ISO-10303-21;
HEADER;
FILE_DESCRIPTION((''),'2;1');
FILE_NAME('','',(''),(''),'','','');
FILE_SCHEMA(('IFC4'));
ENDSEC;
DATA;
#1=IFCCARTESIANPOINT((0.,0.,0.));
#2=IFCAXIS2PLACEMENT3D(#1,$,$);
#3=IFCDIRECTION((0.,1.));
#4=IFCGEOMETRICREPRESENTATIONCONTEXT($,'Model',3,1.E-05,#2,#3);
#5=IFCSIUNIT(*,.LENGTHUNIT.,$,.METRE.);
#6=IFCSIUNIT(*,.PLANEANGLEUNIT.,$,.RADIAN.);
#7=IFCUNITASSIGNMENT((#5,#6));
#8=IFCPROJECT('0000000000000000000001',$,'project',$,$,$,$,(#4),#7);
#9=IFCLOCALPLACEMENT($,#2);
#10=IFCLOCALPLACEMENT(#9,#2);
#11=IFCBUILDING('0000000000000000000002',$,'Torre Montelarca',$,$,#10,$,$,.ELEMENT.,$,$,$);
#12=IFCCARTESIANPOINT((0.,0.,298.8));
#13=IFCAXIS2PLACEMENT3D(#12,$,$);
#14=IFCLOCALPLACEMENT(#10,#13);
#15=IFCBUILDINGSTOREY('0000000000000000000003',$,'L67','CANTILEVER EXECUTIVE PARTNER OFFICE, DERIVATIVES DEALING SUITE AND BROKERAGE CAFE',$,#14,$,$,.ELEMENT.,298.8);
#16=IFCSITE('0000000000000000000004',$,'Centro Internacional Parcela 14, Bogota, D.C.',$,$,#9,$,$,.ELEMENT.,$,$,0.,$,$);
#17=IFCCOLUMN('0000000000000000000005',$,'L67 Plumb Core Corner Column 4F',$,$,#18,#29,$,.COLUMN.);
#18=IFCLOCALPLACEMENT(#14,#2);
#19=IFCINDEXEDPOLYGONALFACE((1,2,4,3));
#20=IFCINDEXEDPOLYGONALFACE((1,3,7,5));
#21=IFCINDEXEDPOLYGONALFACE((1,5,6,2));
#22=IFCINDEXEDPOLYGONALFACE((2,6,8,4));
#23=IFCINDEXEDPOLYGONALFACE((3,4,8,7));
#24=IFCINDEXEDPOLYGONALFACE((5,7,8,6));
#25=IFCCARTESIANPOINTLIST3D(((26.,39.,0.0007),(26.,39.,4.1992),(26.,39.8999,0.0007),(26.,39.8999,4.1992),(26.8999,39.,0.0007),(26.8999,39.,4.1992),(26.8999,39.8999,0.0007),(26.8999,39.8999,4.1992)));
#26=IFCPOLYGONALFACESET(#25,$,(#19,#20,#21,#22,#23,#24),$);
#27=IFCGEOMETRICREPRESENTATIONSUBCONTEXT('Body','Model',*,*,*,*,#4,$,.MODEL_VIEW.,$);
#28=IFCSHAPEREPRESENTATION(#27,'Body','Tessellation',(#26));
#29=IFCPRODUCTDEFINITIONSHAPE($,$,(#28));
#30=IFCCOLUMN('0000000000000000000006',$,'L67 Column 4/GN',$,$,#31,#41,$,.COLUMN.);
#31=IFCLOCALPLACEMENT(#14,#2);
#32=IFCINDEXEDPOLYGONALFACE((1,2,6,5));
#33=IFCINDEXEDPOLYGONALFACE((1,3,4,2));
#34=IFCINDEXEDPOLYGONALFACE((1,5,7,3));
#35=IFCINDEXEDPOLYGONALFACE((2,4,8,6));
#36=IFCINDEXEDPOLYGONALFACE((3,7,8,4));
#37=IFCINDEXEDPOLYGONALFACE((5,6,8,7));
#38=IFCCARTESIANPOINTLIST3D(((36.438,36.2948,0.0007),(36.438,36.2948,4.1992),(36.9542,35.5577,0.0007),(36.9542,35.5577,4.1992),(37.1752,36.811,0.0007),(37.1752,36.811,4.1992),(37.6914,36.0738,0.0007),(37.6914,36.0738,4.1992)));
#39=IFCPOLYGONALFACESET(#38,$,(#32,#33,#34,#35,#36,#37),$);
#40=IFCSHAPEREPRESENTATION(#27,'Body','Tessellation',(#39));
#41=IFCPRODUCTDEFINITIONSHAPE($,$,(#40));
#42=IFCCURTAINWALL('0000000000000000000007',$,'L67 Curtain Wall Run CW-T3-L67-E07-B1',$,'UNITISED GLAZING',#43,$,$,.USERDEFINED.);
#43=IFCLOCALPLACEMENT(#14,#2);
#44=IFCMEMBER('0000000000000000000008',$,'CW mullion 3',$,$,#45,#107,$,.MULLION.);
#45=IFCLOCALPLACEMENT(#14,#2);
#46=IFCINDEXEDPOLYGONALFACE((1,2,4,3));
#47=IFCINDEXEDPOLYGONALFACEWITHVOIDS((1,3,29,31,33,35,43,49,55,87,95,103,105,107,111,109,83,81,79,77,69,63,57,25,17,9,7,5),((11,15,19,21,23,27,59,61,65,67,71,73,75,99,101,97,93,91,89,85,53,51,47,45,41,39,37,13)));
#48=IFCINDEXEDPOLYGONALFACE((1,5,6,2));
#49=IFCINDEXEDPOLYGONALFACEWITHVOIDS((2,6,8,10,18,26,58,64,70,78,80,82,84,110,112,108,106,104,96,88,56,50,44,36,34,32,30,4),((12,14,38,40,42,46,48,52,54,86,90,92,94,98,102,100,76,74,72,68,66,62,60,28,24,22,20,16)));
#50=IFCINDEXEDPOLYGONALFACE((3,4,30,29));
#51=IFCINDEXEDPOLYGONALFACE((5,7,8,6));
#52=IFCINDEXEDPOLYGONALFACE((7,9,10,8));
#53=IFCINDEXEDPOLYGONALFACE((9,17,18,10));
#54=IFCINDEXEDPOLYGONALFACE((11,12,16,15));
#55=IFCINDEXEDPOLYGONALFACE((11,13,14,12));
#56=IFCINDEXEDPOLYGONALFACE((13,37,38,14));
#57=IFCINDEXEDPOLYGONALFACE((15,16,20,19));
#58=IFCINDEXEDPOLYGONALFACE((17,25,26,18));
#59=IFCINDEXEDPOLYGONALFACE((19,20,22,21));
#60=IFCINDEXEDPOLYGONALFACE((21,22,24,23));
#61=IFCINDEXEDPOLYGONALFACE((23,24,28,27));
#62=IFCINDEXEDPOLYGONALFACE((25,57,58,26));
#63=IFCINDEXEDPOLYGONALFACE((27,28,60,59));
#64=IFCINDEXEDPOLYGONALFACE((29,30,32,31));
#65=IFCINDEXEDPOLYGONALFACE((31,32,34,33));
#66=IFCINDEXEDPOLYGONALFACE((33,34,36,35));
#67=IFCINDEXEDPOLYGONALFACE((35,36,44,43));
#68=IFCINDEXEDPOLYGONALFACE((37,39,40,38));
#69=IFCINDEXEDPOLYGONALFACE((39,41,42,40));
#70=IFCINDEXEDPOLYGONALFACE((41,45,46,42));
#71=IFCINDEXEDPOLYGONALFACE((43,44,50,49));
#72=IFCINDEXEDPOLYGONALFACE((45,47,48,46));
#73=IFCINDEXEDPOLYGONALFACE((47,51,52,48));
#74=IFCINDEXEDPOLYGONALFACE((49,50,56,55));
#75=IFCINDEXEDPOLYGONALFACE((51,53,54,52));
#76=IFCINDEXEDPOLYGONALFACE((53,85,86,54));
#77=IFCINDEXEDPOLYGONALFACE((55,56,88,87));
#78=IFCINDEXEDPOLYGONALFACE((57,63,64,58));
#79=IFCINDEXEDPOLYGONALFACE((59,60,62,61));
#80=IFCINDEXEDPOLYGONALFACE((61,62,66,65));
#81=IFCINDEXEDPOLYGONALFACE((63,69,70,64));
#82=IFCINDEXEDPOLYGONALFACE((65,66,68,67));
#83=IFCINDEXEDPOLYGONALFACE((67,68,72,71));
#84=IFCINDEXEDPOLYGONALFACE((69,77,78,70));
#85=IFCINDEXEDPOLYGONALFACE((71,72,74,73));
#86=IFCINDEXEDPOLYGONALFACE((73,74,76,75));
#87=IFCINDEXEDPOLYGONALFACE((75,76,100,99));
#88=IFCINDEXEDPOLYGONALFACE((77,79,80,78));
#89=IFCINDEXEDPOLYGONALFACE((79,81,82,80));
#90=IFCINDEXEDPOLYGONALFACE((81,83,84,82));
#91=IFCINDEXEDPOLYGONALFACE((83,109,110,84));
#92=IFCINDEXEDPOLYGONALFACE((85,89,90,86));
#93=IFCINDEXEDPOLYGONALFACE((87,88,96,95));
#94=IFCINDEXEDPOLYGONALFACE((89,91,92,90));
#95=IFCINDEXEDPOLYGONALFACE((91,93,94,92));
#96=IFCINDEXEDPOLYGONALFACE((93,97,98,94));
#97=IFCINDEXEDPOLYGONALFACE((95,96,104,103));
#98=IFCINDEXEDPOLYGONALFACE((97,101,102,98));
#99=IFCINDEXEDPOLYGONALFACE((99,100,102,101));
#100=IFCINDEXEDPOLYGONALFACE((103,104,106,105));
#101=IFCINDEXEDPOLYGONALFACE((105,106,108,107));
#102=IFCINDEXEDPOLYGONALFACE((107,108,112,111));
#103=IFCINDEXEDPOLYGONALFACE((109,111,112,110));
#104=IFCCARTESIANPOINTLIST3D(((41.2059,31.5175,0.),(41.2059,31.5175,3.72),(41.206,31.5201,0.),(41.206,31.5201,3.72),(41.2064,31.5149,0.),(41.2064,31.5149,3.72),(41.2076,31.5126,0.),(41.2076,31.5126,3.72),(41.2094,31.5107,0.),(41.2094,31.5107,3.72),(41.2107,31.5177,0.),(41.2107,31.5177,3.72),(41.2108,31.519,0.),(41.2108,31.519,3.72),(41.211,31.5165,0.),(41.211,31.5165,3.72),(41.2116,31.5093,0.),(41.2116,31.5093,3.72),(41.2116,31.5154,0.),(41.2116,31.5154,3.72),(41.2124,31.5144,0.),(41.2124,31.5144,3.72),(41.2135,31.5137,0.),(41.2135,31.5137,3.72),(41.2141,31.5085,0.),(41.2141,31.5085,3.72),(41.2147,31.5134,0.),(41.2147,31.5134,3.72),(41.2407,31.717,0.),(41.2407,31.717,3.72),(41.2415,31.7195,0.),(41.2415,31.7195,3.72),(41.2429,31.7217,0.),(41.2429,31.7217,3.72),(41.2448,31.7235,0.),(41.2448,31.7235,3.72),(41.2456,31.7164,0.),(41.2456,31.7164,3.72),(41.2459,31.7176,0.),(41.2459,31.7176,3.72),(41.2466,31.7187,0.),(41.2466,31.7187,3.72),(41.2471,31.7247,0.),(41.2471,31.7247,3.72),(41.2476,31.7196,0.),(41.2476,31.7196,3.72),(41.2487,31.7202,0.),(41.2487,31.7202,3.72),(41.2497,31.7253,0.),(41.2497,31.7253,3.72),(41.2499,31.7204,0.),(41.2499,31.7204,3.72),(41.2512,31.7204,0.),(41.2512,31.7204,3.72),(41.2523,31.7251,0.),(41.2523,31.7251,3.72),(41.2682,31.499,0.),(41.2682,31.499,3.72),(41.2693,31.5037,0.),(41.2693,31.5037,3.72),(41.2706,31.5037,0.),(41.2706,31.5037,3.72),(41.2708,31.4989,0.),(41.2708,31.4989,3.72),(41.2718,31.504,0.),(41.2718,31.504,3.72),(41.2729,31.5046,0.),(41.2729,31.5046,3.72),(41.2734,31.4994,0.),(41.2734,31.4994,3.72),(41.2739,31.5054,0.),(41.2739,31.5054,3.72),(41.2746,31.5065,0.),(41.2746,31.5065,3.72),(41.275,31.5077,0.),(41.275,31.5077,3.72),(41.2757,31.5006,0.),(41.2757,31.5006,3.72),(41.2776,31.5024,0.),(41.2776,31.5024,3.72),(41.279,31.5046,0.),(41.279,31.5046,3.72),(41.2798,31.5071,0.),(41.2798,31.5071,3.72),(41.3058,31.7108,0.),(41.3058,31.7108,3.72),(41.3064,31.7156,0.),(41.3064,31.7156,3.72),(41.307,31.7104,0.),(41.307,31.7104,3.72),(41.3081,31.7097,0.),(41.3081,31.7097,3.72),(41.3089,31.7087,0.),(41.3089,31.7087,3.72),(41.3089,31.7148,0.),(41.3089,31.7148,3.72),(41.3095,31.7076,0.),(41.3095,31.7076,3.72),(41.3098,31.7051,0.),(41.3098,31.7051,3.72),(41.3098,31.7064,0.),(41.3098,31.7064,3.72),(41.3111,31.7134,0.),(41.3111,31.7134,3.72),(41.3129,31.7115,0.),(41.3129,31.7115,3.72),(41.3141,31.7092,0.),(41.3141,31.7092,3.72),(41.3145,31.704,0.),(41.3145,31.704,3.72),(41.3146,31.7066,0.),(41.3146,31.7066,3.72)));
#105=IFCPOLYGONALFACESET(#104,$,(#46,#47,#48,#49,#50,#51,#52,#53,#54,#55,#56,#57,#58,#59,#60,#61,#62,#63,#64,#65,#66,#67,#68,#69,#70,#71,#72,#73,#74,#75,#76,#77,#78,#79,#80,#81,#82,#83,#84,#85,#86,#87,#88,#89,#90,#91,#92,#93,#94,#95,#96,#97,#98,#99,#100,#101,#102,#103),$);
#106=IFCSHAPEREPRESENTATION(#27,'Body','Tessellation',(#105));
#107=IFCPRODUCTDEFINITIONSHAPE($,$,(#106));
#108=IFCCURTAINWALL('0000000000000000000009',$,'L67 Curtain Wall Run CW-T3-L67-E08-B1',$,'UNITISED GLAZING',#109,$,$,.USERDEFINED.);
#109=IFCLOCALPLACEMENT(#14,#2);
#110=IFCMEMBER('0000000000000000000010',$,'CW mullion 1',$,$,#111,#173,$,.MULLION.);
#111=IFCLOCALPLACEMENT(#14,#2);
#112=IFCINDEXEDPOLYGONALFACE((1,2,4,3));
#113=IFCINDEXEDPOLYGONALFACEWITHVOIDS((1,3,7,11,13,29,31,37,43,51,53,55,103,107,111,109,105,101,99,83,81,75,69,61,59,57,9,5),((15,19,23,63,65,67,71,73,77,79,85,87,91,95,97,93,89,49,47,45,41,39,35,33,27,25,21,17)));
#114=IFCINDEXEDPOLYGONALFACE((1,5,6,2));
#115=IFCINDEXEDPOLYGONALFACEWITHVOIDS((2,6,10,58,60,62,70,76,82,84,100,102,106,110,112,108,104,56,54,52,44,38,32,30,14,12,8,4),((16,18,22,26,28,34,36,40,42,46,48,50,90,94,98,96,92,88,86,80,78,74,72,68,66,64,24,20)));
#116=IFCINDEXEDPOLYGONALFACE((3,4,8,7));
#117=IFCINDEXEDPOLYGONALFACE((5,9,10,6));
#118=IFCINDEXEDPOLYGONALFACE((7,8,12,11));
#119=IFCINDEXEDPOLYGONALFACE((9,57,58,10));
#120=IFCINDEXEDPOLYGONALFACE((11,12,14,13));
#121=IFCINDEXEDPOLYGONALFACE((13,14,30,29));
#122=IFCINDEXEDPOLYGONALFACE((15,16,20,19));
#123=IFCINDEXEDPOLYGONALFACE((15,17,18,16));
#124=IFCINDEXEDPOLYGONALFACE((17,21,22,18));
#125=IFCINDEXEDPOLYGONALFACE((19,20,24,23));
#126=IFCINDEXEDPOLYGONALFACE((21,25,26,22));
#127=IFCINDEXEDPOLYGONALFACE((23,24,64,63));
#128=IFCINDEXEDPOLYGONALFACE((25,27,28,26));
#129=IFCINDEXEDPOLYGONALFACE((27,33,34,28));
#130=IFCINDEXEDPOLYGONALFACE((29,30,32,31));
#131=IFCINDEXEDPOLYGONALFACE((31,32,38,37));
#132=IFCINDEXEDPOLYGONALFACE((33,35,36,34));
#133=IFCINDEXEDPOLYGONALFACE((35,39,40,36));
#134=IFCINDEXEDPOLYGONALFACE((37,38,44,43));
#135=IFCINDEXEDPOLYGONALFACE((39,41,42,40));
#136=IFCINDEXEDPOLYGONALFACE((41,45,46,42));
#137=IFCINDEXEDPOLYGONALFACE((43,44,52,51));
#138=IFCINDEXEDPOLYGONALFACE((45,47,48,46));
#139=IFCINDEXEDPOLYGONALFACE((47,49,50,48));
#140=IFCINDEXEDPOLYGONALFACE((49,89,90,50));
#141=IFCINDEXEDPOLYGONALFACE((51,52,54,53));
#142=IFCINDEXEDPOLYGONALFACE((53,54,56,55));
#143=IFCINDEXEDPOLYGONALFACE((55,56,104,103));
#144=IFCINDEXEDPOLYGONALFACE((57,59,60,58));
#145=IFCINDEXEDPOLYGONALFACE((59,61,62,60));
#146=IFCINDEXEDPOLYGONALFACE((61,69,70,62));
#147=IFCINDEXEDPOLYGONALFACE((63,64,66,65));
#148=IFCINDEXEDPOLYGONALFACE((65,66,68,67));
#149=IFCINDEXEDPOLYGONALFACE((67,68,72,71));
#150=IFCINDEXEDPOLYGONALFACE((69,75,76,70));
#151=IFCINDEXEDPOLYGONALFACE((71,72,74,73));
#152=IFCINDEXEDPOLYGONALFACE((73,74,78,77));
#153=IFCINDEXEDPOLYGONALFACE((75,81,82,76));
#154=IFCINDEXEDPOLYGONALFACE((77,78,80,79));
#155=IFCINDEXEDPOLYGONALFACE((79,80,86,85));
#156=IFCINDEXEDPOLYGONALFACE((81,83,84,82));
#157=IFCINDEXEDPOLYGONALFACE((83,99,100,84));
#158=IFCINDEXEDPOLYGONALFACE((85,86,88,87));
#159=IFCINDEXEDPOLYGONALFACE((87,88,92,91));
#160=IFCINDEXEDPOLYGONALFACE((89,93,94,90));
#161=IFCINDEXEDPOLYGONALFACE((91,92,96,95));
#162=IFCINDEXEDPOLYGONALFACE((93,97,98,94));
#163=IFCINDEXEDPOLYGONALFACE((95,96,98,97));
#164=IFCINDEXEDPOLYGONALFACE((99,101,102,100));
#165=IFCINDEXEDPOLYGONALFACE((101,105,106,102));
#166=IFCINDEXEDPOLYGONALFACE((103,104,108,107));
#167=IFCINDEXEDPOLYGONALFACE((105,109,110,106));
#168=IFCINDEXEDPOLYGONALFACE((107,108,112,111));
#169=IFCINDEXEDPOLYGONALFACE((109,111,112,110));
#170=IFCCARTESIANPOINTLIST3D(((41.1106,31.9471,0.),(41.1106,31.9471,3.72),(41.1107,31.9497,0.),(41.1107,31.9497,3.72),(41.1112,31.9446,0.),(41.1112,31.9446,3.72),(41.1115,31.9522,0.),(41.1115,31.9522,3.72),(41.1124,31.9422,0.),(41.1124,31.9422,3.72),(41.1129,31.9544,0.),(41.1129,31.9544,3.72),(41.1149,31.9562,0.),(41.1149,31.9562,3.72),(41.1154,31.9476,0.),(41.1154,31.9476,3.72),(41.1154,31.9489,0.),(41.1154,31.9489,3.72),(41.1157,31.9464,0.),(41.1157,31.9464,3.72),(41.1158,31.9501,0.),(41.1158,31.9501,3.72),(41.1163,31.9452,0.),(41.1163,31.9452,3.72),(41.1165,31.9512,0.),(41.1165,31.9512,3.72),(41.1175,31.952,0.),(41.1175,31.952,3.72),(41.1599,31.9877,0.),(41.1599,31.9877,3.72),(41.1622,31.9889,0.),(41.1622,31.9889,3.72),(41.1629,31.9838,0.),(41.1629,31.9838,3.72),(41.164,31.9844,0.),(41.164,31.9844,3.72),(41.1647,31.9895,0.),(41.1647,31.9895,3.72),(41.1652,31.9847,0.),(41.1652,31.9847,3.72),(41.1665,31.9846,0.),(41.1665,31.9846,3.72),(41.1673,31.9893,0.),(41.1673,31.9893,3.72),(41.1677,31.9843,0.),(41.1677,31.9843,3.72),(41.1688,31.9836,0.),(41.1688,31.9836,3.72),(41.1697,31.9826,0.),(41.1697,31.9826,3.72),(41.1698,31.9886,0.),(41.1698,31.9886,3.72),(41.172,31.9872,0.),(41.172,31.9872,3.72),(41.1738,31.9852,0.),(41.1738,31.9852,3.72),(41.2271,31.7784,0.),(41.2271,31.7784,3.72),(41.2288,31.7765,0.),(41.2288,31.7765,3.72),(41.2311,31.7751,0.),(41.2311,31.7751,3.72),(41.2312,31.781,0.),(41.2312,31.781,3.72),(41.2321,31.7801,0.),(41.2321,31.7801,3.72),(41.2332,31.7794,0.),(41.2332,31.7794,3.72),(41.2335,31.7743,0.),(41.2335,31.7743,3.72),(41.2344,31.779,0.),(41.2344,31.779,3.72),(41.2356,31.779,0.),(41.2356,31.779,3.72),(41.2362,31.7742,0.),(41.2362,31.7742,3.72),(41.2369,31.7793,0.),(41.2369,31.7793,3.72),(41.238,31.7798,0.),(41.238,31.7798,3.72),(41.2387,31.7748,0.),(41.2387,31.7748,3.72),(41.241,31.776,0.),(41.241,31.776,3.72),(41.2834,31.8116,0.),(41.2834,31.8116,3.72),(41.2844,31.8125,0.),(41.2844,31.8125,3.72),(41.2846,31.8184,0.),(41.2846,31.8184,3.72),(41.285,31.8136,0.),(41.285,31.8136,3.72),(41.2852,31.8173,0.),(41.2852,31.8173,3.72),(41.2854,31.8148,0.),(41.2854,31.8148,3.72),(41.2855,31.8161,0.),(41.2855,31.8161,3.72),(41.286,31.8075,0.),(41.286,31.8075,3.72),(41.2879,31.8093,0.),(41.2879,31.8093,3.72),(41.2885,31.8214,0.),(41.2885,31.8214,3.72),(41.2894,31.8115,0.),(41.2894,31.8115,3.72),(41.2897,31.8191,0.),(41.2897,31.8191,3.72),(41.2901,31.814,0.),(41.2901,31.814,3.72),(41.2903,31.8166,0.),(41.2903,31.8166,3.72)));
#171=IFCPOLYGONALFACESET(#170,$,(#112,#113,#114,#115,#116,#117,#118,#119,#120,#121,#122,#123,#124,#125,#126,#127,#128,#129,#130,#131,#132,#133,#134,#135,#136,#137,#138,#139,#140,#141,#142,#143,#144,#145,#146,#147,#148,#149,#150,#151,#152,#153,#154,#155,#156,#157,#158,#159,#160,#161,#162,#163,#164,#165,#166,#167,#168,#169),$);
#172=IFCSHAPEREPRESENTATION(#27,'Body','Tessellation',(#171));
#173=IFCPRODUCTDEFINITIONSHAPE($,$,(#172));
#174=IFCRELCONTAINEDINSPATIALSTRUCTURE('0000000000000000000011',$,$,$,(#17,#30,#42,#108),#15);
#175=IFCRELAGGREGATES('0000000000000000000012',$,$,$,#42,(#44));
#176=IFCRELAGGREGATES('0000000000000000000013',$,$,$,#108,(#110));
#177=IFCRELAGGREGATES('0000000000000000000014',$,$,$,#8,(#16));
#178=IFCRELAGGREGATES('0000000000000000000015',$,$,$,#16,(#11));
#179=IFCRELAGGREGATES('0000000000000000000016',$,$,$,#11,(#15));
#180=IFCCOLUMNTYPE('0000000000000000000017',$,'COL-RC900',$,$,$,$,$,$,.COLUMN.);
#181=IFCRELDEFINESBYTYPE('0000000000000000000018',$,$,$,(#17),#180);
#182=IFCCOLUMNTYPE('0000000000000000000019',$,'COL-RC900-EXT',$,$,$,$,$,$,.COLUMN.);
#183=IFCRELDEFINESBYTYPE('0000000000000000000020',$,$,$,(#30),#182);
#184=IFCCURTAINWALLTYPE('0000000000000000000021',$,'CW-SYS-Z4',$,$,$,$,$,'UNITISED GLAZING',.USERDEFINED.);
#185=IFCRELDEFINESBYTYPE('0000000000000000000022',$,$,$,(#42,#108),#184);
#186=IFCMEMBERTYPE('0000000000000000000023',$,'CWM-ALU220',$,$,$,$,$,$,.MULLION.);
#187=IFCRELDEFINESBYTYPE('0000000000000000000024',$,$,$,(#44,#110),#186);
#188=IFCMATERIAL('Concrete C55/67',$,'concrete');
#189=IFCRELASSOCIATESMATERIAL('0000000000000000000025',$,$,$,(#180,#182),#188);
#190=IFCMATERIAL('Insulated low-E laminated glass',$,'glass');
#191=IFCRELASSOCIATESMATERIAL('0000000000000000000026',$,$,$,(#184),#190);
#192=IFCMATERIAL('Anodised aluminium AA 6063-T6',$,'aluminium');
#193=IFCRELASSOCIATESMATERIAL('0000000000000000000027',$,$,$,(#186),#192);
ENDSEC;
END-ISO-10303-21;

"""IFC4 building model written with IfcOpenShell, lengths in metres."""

from ifc_helpers import new_model, si_unit, direction, frame, origin, origin_2d, place, context, subcontext, project, spatial, rectangle, hollow_rectangle, extrude, source, transform, mapped, material, material_profile, profile_set, type_object, element, aggregate, save


model = new_model("IFC4")

# Units and contexts
model_context = context("Model", 3, precision=1e-05, world=origin(), true_north=direction((0.0, 1.0)))
body_context = subcontext(model_context, "Body", "Model", "MODEL_VIEW")
ifc_project = project(units=[si_unit("LENGTHUNIT", "METRE"), si_unit("PLANEANGLEUNIT", "RADIAN")], contexts=[model_context])

# Site, building, storey
site_placement = place(None, origin())
site = spatial("IfcSite", under=ifc_project, at=site_placement, Name="Centro Internacional Parcela 14, Bogota, D.C.", CompositionType="ELEMENT", RefElevation=0.0)
building_placement = place(site_placement, origin())
building = spatial("IfcBuilding", under=site, at=building_placement, Name="Torre Montelarca", CompositionType="ELEMENT")
storey_placement = place(building_placement, frame((0.0, 0.0, 298.8)))
storey = spatial("IfcBuildingStorey", under=building, at=storey_placement, Name="L67", Description="CANTILEVER EXECUTIVE PARTNER OFFICE, DERIVATIVES DEALING SUITE AND BROKERAGE CAFE", CompositionType="ELEMENT", Elevation=298.8)

# Columns
ifc_material_1 = material(Name="Concrete C55/67", Category="concrete")
ifc_material_profile_1 = material_profile(ifc_material_1, rectangle(XDim=0.8999, YDim=0.8999, at=origin_2d()), Name="RC900X900", Category="concrete")
ifc_profile_set_1 = profile_set([ifc_material_profile_1], Name="Concrete C55/67")
column_type_1 = type_object("IfcColumnType", Name="COL-RC900", PredefinedType="COLUMN", material=ifc_profile_set_1)
shared_shape_1 = source(origin(), body_context, "Body", "SweptSolid", [
    extrude(rectangle(XDim=0.8999, YDim=0.8999, at=origin_2d()), origin(), (0.0, 0.0, 1.0), 4.1985),
])
column_1_placement = place(storey_placement, frame((26.45, 39.45, 0.0007), z_axis=(0.0, 0.0, 1.0), x_axis=(1.0, 0.0, 0.0)))
element("IfcColumn", 1, at=column_1_placement, inside=storey, type_object=column_type_1, Name="L67 Plumb Core Corner Column 4F", PredefinedType="COLUMN", context=body_context, shape_type="MappedRepresentation", body=[
    mapped(shared_shape_1, transform((0.0, 0.0, 0.0), scale=1.0)),
])
ifc_material_profile_2 = material_profile(ifc_material_1, rectangle(XDim=0.8999, YDim=0.8999, at=origin_2d()), Name="RC900X900", Category="concrete")
ifc_profile_set_2 = profile_set([ifc_material_profile_2], Name="Concrete C55/67")
column_type_2 = type_object("IfcColumnType", Name="COL-RC900-EXT", PredefinedType="COLUMN", material=ifc_profile_set_2)
shared_shape_2 = source(origin(), body_context, "Body", "SweptSolid", [
    extrude(rectangle(XDim=0.8999, YDim=0.8999, at=origin_2d()), origin(), (0.0, 0.0, 1.0), 4.1985),
])
column_2_placement = place(storey_placement, frame((37.0647, 36.1843, 0.0007), z_axis=(0.0, 0.0, 1.0), x_axis=(-0.573576, 0.819152, 0.0)))
element("IfcColumn", 2, at=column_2_placement, inside=storey, type_object=column_type_2, Name="L67 Column 4/GN", PredefinedType="COLUMN", context=body_context, shape_type="MappedRepresentation", body=[
    mapped(shared_shape_2, transform((0.0, 0.0, 0.0), scale=1.0)),
])

# Curtain wall, member
ifc_material_2 = material(Name="Insulated low-E laminated glass", Category="glass")
curtain_wall_type = type_object("IfcCurtainWallType", Name="CW-SYS-Z4", ElementType="UNITISED GLAZING", PredefinedType="USERDEFINED", material=ifc_material_2)
curtain_wall_1_placement = place(storey_placement, origin())
curtain_wall_1 = element("IfcCurtainWall", 3, at=curtain_wall_1_placement, inside=storey, type_object=curtain_wall_type, Name="L67 Curtain Wall Run CW-T3-L67-E07-B1", ObjectType="UNITISED GLAZING", PredefinedType="USERDEFINED")
ifc_material_3 = material(Name="Anodised aluminium AA 6063-T6", Category="aluminium")
ifc_material_profile_3 = material_profile(ifc_material_3, hollow_rectangle(XDim=0.075, YDim=0.22, WallThickness=0.0049, InnerFilletRadius=0.0049, OuterFilletRadius=0.01, at=origin_2d()), Name="ALU75X220X5", Category="aluminium")
ifc_profile_set_3 = profile_set([ifc_material_profile_3], Name="Anodised aluminium AA 6063-T6")
member_type_1 = type_object("IfcMemberType", Name="CWM-ALU220", PredefinedType="MULLION", material=ifc_profile_set_3)
shared_shape_3 = source(origin(), body_context, "Body", "SweptSolid", [
    extrude(hollow_rectangle(XDim=0.075, YDim=0.22, WallThickness=0.0049, InnerFilletRadius=0.0049, OuterFilletRadius=0.01, at=origin_2d()), origin(), (0.0, 0.0, 1.0), 3.72),
])
member_1_placement = place(storey_placement, frame((41.2603, 31.6121, 0.0), z_axis=(0.0, 0.0, 1.0), x_axis=(-0.984814, 0.173612, 0.0)))
member_1 = element("IfcMember", 4, at=member_1_placement, type_object=member_type_1, Name="CW mullion 3", PredefinedType="MULLION", context=body_context, shape_type="MappedRepresentation", body=[
    mapped(shared_shape_3, transform((0.0, 0.0, 0.0), scale=1.0)),
])
aggregate(curtain_wall_1, [member_1])

# Curtain wall, member
curtain_wall_2_placement = place(storey_placement, origin())
curtain_wall_2 = element("IfcCurtainWall", 5, at=curtain_wall_2_placement, inside=storey, type_object=curtain_wall_type, Name="L67 Curtain Wall Run CW-T3-L67-E08-B1", ObjectType="UNITISED GLAZING", PredefinedType="USERDEFINED")
member_2_placement = place(storey_placement, frame((41.2004, 31.8818, 0.0), z_axis=(0.0, 0.0, 1.0), x_axis=(-0.819156, -0.573571, 0.0)))
member_2 = element("IfcMember", 6, at=member_2_placement, type_object=member_type_1, Name="CW mullion 1", PredefinedType="MULLION", context=body_context, shape_type="MappedRepresentation", body=[
    mapped(shared_shape_3, transform((0.0, 0.0, 0.0), scale=1.0)),
])
aggregate(curtain_wall_2, [member_2])

save(model, "model.ifc")
